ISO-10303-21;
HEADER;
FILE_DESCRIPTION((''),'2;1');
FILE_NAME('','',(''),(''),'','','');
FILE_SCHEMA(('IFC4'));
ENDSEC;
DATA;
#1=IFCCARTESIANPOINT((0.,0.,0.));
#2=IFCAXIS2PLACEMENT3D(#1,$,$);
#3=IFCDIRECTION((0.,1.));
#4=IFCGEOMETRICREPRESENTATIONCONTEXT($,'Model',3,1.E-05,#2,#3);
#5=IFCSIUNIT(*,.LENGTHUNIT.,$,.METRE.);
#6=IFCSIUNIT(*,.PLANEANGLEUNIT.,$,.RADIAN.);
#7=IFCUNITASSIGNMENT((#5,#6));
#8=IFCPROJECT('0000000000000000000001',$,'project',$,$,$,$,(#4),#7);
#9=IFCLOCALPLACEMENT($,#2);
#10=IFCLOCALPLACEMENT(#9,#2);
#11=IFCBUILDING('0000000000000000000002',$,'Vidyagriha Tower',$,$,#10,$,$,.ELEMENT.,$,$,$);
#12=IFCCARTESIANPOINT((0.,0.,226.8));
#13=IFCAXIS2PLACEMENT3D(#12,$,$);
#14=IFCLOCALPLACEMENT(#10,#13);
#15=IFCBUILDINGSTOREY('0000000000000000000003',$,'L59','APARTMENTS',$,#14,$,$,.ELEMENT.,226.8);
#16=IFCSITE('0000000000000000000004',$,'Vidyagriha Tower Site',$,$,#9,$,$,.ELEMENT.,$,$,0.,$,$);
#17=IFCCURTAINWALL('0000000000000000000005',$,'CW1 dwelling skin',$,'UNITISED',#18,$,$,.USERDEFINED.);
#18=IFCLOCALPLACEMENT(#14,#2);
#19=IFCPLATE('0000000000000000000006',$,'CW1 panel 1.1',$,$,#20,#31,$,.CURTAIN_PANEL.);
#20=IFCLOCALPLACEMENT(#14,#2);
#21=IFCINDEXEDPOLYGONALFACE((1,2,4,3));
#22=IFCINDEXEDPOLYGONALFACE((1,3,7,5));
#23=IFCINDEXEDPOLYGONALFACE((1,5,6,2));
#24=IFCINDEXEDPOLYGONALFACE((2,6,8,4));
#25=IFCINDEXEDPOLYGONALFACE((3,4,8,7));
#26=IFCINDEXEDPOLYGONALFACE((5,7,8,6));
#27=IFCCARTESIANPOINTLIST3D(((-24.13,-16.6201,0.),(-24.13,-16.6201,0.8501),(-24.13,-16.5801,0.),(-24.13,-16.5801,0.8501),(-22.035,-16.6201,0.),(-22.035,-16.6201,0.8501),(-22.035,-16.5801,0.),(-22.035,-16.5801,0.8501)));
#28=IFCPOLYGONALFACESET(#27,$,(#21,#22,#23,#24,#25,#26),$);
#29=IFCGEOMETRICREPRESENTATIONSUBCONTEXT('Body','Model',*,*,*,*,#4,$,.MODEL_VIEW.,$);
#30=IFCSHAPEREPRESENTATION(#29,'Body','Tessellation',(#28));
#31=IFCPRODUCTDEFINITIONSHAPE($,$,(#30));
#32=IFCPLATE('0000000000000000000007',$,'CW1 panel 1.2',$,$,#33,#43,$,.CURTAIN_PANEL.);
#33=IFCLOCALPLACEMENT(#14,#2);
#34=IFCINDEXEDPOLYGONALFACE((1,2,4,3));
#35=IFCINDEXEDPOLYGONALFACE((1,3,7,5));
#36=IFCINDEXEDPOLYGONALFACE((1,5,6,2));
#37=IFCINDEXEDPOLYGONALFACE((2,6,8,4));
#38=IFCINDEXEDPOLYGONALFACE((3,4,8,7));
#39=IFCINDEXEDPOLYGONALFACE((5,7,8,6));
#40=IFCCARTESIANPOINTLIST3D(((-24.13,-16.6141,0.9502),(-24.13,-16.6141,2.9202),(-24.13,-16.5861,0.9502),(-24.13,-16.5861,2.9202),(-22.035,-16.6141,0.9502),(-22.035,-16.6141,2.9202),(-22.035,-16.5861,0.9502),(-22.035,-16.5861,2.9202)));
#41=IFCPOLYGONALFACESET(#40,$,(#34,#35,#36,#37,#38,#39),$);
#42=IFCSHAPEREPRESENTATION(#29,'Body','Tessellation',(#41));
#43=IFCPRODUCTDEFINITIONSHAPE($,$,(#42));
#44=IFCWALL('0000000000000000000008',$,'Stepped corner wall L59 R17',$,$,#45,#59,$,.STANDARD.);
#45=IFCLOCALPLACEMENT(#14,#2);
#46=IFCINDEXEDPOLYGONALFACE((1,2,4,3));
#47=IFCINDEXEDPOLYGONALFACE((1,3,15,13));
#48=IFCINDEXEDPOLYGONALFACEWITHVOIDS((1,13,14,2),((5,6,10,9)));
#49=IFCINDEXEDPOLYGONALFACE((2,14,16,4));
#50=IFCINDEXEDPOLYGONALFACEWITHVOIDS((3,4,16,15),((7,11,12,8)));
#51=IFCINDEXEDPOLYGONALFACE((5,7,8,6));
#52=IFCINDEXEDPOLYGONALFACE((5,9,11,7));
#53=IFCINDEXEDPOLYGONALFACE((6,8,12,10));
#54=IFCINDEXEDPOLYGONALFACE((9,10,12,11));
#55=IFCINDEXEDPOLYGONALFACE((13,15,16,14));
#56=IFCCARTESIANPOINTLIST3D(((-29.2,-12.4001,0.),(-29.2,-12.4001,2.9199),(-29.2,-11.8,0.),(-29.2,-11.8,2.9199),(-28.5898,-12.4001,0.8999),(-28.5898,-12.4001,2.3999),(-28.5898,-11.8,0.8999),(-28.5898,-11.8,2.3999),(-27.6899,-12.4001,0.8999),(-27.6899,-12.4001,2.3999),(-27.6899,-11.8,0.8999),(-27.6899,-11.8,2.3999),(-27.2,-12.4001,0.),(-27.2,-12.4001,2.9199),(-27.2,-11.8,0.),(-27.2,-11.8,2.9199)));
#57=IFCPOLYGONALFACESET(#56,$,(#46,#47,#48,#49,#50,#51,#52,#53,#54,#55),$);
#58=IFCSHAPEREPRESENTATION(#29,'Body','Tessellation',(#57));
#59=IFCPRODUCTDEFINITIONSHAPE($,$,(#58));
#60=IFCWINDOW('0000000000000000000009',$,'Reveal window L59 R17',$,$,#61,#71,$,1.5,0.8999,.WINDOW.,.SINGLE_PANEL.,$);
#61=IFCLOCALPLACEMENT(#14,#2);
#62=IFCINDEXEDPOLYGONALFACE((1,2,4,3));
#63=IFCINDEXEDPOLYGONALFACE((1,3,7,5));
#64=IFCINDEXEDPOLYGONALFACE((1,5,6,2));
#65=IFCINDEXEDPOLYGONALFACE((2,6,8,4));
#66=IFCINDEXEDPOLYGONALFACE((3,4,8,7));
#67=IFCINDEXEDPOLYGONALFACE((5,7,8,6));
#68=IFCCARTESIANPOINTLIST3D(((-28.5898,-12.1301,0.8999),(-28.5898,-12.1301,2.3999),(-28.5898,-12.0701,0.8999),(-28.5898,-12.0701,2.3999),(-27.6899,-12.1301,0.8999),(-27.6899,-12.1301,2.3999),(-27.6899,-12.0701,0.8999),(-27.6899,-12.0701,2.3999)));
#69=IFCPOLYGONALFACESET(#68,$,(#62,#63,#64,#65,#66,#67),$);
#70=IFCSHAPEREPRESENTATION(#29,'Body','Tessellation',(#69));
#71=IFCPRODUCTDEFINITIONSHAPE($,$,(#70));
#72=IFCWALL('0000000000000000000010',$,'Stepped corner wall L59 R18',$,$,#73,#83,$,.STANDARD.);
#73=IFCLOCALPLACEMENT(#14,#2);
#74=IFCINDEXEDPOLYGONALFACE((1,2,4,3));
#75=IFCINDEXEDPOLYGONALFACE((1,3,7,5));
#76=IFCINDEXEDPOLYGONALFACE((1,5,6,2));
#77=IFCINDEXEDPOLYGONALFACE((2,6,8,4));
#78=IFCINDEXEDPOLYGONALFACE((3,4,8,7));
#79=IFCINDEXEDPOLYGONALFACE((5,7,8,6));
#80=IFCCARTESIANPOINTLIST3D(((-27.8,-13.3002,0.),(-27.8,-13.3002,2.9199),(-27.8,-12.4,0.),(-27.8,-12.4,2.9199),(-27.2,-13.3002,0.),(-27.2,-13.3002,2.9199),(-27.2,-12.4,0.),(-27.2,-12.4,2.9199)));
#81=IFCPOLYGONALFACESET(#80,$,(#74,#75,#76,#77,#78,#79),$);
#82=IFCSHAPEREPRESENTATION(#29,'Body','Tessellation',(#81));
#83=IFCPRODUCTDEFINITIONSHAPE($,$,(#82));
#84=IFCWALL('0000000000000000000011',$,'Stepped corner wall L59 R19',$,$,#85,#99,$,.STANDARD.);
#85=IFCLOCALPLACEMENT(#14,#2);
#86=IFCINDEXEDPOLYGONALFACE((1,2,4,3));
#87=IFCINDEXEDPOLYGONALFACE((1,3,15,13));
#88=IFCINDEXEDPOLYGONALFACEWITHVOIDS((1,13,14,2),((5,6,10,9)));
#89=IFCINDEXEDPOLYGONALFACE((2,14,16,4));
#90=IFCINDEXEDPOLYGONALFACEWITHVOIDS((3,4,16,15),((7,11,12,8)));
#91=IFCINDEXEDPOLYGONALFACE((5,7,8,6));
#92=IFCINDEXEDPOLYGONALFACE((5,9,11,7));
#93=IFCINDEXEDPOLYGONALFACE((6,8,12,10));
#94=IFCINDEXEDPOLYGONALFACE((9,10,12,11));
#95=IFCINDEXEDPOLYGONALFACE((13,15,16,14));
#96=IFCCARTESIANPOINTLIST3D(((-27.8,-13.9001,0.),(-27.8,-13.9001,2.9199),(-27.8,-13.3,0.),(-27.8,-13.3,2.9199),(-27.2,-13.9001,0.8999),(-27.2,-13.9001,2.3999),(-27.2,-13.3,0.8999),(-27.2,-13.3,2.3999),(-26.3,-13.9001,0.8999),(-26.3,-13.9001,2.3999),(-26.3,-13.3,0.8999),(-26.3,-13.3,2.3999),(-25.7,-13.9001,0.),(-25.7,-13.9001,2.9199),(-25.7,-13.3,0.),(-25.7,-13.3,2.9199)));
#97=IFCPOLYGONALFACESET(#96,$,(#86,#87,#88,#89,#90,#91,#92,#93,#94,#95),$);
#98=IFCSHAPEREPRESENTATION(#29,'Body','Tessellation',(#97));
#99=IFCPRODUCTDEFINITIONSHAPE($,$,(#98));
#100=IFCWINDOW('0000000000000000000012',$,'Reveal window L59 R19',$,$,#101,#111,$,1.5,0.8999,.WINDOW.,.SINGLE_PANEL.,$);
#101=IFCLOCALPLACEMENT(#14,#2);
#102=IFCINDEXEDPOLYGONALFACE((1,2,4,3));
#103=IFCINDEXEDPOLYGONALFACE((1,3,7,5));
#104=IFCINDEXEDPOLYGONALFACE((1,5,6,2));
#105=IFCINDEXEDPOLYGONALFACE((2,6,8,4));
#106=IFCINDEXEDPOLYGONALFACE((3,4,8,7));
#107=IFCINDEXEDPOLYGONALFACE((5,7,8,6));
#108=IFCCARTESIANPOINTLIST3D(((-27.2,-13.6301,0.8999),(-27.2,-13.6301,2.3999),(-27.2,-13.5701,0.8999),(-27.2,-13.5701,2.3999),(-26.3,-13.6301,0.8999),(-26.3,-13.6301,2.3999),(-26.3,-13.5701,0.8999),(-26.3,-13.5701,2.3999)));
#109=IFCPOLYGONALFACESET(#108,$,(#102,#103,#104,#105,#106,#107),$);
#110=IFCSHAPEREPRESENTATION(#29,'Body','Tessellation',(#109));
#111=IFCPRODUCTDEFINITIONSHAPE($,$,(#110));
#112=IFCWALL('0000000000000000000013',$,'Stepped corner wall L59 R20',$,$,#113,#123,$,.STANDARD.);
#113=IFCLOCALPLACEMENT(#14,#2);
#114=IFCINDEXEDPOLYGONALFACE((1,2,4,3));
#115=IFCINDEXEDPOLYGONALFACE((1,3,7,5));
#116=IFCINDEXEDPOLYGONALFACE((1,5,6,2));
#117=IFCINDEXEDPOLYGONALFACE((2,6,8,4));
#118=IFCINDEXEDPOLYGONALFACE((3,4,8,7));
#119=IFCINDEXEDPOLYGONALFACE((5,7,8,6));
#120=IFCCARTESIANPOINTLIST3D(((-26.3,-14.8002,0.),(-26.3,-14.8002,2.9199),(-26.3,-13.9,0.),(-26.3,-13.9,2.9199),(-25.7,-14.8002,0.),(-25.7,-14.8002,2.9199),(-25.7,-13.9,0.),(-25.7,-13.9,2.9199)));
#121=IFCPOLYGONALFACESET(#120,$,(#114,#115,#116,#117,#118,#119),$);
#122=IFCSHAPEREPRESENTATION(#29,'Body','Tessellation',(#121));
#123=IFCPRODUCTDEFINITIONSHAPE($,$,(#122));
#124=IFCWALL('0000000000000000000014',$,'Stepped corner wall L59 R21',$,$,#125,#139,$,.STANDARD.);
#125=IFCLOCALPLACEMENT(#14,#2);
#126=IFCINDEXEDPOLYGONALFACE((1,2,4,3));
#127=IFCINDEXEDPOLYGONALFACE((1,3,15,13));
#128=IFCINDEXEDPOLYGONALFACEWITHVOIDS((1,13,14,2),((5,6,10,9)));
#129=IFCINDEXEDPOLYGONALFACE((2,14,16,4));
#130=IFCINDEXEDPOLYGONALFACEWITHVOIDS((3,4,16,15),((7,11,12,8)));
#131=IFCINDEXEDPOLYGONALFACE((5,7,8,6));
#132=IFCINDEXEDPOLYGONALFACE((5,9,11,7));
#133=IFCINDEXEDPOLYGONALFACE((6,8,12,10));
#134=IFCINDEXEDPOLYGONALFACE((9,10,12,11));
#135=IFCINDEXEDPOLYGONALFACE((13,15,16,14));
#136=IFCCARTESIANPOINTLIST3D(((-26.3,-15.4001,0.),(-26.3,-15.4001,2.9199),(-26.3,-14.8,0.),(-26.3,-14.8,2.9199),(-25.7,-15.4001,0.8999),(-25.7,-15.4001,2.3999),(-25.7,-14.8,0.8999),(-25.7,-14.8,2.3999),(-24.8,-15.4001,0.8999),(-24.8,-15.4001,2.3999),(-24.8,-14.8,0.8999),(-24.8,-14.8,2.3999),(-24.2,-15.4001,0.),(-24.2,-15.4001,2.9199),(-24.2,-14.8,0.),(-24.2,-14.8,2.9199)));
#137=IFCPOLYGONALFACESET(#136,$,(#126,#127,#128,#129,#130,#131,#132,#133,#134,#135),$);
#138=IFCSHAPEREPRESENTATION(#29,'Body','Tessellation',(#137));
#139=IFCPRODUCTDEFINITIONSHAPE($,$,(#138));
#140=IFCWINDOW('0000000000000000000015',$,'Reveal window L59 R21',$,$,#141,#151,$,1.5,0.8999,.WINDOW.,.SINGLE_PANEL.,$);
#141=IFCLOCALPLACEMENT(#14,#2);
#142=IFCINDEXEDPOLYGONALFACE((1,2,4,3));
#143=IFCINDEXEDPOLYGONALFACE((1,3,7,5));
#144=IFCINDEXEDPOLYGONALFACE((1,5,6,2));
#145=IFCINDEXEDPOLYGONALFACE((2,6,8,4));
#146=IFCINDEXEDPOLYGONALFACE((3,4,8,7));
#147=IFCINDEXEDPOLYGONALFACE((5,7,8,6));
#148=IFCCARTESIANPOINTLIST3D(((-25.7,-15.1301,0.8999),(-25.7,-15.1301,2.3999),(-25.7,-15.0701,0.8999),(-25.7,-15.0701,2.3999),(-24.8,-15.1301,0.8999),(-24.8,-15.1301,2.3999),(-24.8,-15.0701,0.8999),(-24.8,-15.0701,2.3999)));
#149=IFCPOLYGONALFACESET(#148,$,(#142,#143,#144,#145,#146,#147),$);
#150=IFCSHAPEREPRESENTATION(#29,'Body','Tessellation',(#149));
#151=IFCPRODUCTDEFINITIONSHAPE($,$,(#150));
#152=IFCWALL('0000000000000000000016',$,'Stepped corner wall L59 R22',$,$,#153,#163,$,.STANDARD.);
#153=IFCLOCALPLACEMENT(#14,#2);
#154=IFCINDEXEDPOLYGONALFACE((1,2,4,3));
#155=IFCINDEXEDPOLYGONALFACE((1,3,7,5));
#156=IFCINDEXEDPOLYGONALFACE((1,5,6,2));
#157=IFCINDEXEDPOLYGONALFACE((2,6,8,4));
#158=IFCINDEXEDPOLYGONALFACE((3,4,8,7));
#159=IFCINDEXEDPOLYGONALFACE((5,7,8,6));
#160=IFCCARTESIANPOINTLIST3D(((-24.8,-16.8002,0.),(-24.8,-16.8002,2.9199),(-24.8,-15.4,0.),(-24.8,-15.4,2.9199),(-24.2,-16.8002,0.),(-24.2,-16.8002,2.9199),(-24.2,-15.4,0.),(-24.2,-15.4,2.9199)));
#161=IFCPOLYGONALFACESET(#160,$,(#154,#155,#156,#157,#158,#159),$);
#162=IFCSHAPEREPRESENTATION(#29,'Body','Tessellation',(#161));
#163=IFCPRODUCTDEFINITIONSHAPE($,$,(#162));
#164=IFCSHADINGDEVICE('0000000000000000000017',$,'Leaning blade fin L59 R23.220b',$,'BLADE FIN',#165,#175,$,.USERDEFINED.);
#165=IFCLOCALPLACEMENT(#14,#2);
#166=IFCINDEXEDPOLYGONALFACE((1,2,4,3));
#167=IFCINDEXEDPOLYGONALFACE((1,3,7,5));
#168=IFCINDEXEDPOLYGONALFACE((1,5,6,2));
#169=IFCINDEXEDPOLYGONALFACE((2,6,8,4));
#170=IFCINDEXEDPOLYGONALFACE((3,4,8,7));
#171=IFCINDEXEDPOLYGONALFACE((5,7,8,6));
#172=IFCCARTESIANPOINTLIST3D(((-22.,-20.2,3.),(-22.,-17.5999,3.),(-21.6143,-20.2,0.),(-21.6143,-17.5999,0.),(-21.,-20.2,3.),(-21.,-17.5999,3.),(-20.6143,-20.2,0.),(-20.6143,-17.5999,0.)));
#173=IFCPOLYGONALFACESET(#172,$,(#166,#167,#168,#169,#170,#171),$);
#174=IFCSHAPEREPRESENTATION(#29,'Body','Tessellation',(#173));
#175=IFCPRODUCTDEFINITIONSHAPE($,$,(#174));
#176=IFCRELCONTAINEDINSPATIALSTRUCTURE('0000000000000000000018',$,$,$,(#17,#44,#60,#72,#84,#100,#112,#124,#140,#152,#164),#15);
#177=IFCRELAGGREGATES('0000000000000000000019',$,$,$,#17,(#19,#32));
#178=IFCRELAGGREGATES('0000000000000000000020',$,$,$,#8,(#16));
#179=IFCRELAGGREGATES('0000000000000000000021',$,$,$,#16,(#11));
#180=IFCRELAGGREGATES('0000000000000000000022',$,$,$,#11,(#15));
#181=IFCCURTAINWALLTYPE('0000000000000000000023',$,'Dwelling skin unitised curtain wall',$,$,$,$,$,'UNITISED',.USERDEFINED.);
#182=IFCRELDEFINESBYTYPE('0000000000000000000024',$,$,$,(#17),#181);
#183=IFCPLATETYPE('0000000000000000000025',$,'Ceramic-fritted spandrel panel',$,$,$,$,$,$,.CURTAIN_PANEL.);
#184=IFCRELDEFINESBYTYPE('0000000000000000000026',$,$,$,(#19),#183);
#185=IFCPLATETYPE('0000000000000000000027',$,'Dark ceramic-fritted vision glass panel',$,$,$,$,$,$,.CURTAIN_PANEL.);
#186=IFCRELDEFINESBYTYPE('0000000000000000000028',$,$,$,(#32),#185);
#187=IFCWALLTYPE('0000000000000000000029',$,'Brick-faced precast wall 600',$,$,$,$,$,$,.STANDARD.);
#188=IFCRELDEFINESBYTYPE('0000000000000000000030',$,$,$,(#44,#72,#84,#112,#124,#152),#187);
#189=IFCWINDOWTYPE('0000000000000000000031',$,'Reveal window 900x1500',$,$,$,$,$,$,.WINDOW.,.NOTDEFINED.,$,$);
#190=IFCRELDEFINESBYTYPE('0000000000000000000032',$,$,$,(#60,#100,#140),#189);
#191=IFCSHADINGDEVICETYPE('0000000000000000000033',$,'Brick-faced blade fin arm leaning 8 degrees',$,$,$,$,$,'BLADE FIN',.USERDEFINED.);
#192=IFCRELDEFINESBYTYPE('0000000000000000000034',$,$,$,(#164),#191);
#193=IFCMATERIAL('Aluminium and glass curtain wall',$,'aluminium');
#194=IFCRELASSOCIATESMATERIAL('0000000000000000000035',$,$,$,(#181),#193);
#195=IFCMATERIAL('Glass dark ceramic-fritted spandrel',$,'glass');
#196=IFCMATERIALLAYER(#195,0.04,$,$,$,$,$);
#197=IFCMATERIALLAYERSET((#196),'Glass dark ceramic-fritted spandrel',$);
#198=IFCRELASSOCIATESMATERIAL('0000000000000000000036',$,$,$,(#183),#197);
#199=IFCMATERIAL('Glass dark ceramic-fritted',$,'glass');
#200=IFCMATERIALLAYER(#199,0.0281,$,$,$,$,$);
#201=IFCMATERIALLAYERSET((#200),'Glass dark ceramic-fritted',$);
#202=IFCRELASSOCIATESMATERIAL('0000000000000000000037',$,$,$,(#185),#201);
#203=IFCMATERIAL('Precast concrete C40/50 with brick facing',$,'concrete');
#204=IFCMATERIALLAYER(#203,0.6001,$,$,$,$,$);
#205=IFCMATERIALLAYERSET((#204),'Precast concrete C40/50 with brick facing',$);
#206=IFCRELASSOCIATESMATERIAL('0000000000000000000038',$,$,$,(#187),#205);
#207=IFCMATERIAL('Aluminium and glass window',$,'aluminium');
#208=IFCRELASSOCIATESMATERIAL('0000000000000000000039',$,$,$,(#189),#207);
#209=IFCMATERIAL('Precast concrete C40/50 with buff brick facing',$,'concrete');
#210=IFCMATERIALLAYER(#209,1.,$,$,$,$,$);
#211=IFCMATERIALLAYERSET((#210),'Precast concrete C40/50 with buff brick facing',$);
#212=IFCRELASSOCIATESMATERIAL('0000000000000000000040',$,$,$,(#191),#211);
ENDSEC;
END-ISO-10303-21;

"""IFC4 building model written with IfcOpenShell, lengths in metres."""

from ifc_helpers import new_model, si_unit, direction, frame, frame_2d, origin, origin_2d, place, context, subcontext, project, spatial, polyline, rectangle, outline, extrude, material, layer, layer_set, type_object, element, fill, aggregate, save


model = new_model("IFC4")

# Units and contexts
model_context = context("Model", 3, precision=1e-05, world=origin(), true_north=direction((0.0, 1.0)))
body_context = subcontext(model_context, "Body", "Model", "MODEL_VIEW")
ifc_project = project(units=[si_unit("LENGTHUNIT", "METRE"), si_unit("PLANEANGLEUNIT", "RADIAN")], contexts=[model_context])

# Site, building, storey
site_placement = place(None, origin())
site = spatial("IfcSite", under=ifc_project, at=site_placement, Name="Vidyagriha Tower Site", CompositionType="ELEMENT", RefElevation=0.0)
building_placement = place(site_placement, origin())
building = spatial("IfcBuilding", under=site, at=building_placement, Name="Vidyagriha Tower", CompositionType="ELEMENT")
storey_placement = place(building_placement, frame((0.0, 0.0, 226.8)))
storey = spatial("IfcBuildingStorey", under=building, at=storey_placement, Name="L59", Description="APARTMENTS", CompositionType="ELEMENT", Elevation=226.8)

# Shared definitions
ifc_material_1 = material(Name="Aluminium and glass curtain wall", Category="aluminium")
curtain_wall_type = type_object("IfcCurtainWallType", Name="Dwelling skin unitised curtain wall", ElementType="UNITISED", PredefinedType="USERDEFINED", material=ifc_material_1)

# Curtain wall, plates
curtain_wall_1_placement = place(storey_placement, origin())
curtain_wall_1 = element("IfcCurtainWall", 1, at=curtain_wall_1_placement, inside=storey, type_object=curtain_wall_type, Name="CW1 dwelling skin", ObjectType="UNITISED", PredefinedType="USERDEFINED")
ifc_material_2 = material(Name="Glass dark ceramic-fritted spandrel", Category="glass")
ifc_layer_1 = layer(ifc_material_2, 0.04)
ifc_layer_set_1 = layer_set([ifc_layer_1], Name="Glass dark ceramic-fritted spandrel")
plate_type_1 = type_object("IfcPlateType", Name="Ceramic-fritted spandrel panel", PredefinedType="CURTAIN_PANEL", material=ifc_layer_set_1)
plate_1_placement = place(storey_placement, frame((-23.0825, -16.6001, 0.0)))
plate_1 = element("IfcPlate", 2, at=plate_1_placement, type_object=plate_type_1, Name="CW1 panel 1.1", PredefinedType="CURTAIN_PANEL", context=body_context, shape_type="SweptSolid", body=[
    extrude(rectangle(XDim=2.095, YDim=0.04, at=origin_2d()), origin(), (0.0, 0.0, 1.0), 0.8501),
])
ifc_material_3 = material(Name="Glass dark ceramic-fritted", Category="glass")
ifc_layer_2 = layer(ifc_material_3, 0.0281)
ifc_layer_set_2 = layer_set([ifc_layer_2], Name="Glass dark ceramic-fritted")
plate_type_2 = type_object("IfcPlateType", Name="Dark ceramic-fritted vision glass panel", PredefinedType="CURTAIN_PANEL", material=ifc_layer_set_2)
plate_2_placement = place(storey_placement, frame((-23.0825, -16.6001, 0.9502)))
plate_2 = element("IfcPlate", 3, at=plate_2_placement, type_object=plate_type_2, Name="CW1 panel 1.2", PredefinedType="CURTAIN_PANEL", context=body_context, shape_type="SweptSolid", body=[
    extrude(rectangle(XDim=2.095, YDim=0.0281, at=origin_2d()), origin(), (0.0, 0.0, 1.0), 1.97),
])
aggregate(curtain_wall_1, [plate_1, plate_2])

# Wall, opening, window
ifc_material_4 = material(Name="Precast concrete C40/50 with brick facing", Category="concrete")
ifc_layer_3 = layer(ifc_material_4, 0.6001)
ifc_layer_set_3 = layer_set([ifc_layer_3], Name="Precast concrete C40/50 with brick facing")
wall_type = type_object("IfcWallType", Name="Brick-faced precast wall 600", PredefinedType="STANDARD", material=ifc_layer_set_3)
wall_1_placement = place(storey_placement, frame((-29.2, -12.1001, 0.0)))
wall_1 = element("IfcWall", 4, at=wall_1_placement, inside=storey, type_object=wall_type, Name="Stepped corner wall L59 R17", PredefinedType="STANDARD", context=body_context, shape_type="SweptSolid", body=[
    extrude(rectangle(XDim=2.0, YDim=0.6001, at=frame_2d((1.0, 0.0))), origin(), (0.0, 0.0, 1.0), 2.9199),
])
opening_1_placement = place(wall_1_placement, frame((0.6101, 0.0, 0.8999)))
opening_1 = element("IfcOpeningElement", 5, at=opening_1_placement, cuts=wall_1, PredefinedType="OPENING", context=body_context, shape_type="SweptSolid", body=[
    extrude(rectangle(XDim=0.8999, YDim=1.5, at=frame_2d((0.45, 0.75))), frame((0.0, 0.3101, 0.0), z_axis=(0.0, -1.0, 0.0), x_axis=(1.0, 0.0, 0.0)), (0.0, 0.0, 1.0), 0.6201),
])
ifc_material_5 = material(Name="Aluminium and glass window", Category="aluminium")
window_type = type_object("IfcWindowType", Name="Reveal window 900x1500", PartitioningType="NOTDEFINED", PredefinedType="WINDOW", material=ifc_material_5)
window_1_placement = place(opening_1_placement, origin())
window_1 = element("IfcWindow", 6, at=window_1_placement, inside=storey, type_object=window_type, Name="Reveal window L59 R17", OverallHeight=1.5, OverallWidth=0.8999, PartitioningType="SINGLE_PANEL", PredefinedType="WINDOW", context=body_context, shape_type="SweptSolid", body=[
    extrude(rectangle(XDim=0.8999, YDim=1.5, at=frame_2d((0.45, 0.75))), frame((0.0, 0.03, 0.0), z_axis=(0.0, -1.0, 0.0), x_axis=(1.0, 0.0, 0.0)), (0.0, 0.0, 1.0), 0.0601),
])
fill(opening_1, window_1)

# Wall
wall_2_placement = place(storey_placement, frame((-27.5, -12.3999, 0.0), z_axis=(0.0, 0.0, 1.0), x_axis=(0.0, -1.0, 0.0)))
element("IfcWall", 7, at=wall_2_placement, inside=storey, type_object=wall_type, Name="Stepped corner wall L59 R18", PredefinedType="STANDARD", context=body_context, shape_type="SweptSolid", body=[
    extrude(rectangle(XDim=0.9001, YDim=0.6001, at=frame_2d((0.4502, 0.0))), origin(), (0.0, 0.0, 1.0), 2.9199),
])

# Wall, opening, window
wall_3_placement = place(storey_placement, frame((-27.8, -13.6001, 0.0)))
wall_3 = element("IfcWall", 8, at=wall_3_placement, inside=storey, type_object=wall_type, Name="Stepped corner wall L59 R19", PredefinedType="STANDARD", context=body_context, shape_type="SweptSolid", body=[
    extrude(rectangle(XDim=2.1001, YDim=0.6001, at=frame_2d((1.05, 0.0))), origin(), (0.0, 0.0, 1.0), 2.9199),
])
opening_2_placement = place(wall_3_placement, frame((0.6001, 0.0, 0.8999)))
opening_2 = element("IfcOpeningElement", 9, at=opening_2_placement, cuts=wall_3, PredefinedType="OPENING", context=body_context, shape_type="SweptSolid", body=[
    extrude(rectangle(XDim=0.8999, YDim=1.5, at=frame_2d((0.45, 0.75))), frame((0.0, 0.3101, 0.0), z_axis=(0.0, -1.0, 0.0), x_axis=(1.0, 0.0, 0.0)), (0.0, 0.0, 1.0), 0.6201),
])
window_2_placement = place(opening_2_placement, origin())
window_2 = element("IfcWindow", 10, at=window_2_placement, inside=storey, type_object=window_type, Name="Reveal window L59 R19", OverallHeight=1.5, OverallWidth=0.8999, PartitioningType="SINGLE_PANEL", PredefinedType="WINDOW", context=body_context, shape_type="SweptSolid", body=[
    extrude(rectangle(XDim=0.8999, YDim=1.5, at=frame_2d((0.45, 0.75))), frame((0.0, 0.03, 0.0), z_axis=(0.0, -1.0, 0.0), x_axis=(1.0, 0.0, 0.0)), (0.0, 0.0, 1.0), 0.0601),
])
fill(opening_2, window_2)

# Wall
wall_4_placement = place(storey_placement, frame((-26.0, -13.8999, 0.0), z_axis=(0.0, 0.0, 1.0), x_axis=(0.0, -1.0, 0.0)))
element("IfcWall", 11, at=wall_4_placement, inside=storey, type_object=wall_type, Name="Stepped corner wall L59 R20", PredefinedType="STANDARD", context=body_context, shape_type="SweptSolid", body=[
    extrude(rectangle(XDim=0.9001, YDim=0.6001, at=frame_2d((0.4502, 0.0))), origin(), (0.0, 0.0, 1.0), 2.9199),
])

# Wall, opening, window
wall_5_placement = place(storey_placement, frame((-26.3, -15.1001, 0.0)))
wall_5 = element("IfcWall", 12, at=wall_5_placement, inside=storey, type_object=wall_type, Name="Stepped corner wall L59 R21", PredefinedType="STANDARD", context=body_context, shape_type="SweptSolid", body=[
    extrude(rectangle(XDim=2.1001, YDim=0.6001, at=frame_2d((1.05, 0.0))), origin(), (0.0, 0.0, 1.0), 2.9199),
])
opening_3_placement = place(wall_5_placement, frame((0.6001, 0.0, 0.8999)))
opening_3 = element("IfcOpeningElement", 13, at=opening_3_placement, cuts=wall_5, PredefinedType="OPENING", context=body_context, shape_type="SweptSolid", body=[
    extrude(rectangle(XDim=0.8999, YDim=1.5, at=frame_2d((0.45, 0.75))), frame((0.0, 0.3101, 0.0), z_axis=(0.0, -1.0, 0.0), x_axis=(1.0, 0.0, 0.0)), (0.0, 0.0, 1.0), 0.6201),
])
window_3_placement = place(opening_3_placement, origin())
window_3 = element("IfcWindow", 14, at=window_3_placement, inside=storey, type_object=window_type, Name="Reveal window L59 R21", OverallHeight=1.5, OverallWidth=0.8999, PartitioningType="SINGLE_PANEL", PredefinedType="WINDOW", context=body_context, shape_type="SweptSolid", body=[
    extrude(rectangle(XDim=0.8999, YDim=1.5, at=frame_2d((0.45, 0.75))), frame((0.0, 0.03, 0.0), z_axis=(0.0, -1.0, 0.0), x_axis=(1.0, 0.0, 0.0)), (0.0, 0.0, 1.0), 0.0601),
])
fill(opening_3, window_3)

# Wall
wall_6_placement = place(storey_placement, frame((-24.5, -15.3999, 0.0), z_axis=(0.0, 0.0, 1.0), x_axis=(0.0, -1.0, 0.0)))
element("IfcWall", 15, at=wall_6_placement, inside=storey, type_object=wall_type, Name="Stepped corner wall L59 R22", PredefinedType="STANDARD", context=body_context, shape_type="SweptSolid", body=[
    extrude(rectangle(XDim=1.4001, YDim=0.6001, at=frame_2d((0.7002, 0.0))), origin(), (0.0, 0.0, 1.0), 2.9199),
])

# Shading device
ifc_material_6 = material(Name="Precast concrete C40/50 with buff brick facing", Category="concrete")
ifc_layer_4 = layer(ifc_material_6, 1.0)
ifc_layer_set_4 = layer_set([ifc_layer_4], Name="Precast concrete C40/50 with buff brick facing")
shading_device_type = type_object("IfcShadingDeviceType", Name="Brick-faced blade fin arm leaning 8 degrees", ElementType="BLADE FIN", PredefinedType="USERDEFINED", material=ifc_layer_set_4)
shading_device_placement = place(storey_placement, frame((-22.0, -18.8999, 0.0)))
element("IfcShadingDevice", 16, at=shading_device_placement, inside=storey, type_object=shading_device_type, Name="Leaning blade fin L59 R23.220b", ObjectType="BLADE FIN", PredefinedType="USERDEFINED", context=body_context, shape_type="SweptSolid", body=[
    extrude(outline(polyline([(0.3857, 0.0), (1.3857, 0.0), (1.0, 3.0), (0.0, 3.0), (0.3857, 0.0)])), frame((0.0, 1.3, 0.0), z_axis=(0.0, -1.0, 0.0), x_axis=(1.0, 0.0, 0.0)), (0.0, 0.0, 1.0), 2.6001),
])

save(model, "model.ifc")
